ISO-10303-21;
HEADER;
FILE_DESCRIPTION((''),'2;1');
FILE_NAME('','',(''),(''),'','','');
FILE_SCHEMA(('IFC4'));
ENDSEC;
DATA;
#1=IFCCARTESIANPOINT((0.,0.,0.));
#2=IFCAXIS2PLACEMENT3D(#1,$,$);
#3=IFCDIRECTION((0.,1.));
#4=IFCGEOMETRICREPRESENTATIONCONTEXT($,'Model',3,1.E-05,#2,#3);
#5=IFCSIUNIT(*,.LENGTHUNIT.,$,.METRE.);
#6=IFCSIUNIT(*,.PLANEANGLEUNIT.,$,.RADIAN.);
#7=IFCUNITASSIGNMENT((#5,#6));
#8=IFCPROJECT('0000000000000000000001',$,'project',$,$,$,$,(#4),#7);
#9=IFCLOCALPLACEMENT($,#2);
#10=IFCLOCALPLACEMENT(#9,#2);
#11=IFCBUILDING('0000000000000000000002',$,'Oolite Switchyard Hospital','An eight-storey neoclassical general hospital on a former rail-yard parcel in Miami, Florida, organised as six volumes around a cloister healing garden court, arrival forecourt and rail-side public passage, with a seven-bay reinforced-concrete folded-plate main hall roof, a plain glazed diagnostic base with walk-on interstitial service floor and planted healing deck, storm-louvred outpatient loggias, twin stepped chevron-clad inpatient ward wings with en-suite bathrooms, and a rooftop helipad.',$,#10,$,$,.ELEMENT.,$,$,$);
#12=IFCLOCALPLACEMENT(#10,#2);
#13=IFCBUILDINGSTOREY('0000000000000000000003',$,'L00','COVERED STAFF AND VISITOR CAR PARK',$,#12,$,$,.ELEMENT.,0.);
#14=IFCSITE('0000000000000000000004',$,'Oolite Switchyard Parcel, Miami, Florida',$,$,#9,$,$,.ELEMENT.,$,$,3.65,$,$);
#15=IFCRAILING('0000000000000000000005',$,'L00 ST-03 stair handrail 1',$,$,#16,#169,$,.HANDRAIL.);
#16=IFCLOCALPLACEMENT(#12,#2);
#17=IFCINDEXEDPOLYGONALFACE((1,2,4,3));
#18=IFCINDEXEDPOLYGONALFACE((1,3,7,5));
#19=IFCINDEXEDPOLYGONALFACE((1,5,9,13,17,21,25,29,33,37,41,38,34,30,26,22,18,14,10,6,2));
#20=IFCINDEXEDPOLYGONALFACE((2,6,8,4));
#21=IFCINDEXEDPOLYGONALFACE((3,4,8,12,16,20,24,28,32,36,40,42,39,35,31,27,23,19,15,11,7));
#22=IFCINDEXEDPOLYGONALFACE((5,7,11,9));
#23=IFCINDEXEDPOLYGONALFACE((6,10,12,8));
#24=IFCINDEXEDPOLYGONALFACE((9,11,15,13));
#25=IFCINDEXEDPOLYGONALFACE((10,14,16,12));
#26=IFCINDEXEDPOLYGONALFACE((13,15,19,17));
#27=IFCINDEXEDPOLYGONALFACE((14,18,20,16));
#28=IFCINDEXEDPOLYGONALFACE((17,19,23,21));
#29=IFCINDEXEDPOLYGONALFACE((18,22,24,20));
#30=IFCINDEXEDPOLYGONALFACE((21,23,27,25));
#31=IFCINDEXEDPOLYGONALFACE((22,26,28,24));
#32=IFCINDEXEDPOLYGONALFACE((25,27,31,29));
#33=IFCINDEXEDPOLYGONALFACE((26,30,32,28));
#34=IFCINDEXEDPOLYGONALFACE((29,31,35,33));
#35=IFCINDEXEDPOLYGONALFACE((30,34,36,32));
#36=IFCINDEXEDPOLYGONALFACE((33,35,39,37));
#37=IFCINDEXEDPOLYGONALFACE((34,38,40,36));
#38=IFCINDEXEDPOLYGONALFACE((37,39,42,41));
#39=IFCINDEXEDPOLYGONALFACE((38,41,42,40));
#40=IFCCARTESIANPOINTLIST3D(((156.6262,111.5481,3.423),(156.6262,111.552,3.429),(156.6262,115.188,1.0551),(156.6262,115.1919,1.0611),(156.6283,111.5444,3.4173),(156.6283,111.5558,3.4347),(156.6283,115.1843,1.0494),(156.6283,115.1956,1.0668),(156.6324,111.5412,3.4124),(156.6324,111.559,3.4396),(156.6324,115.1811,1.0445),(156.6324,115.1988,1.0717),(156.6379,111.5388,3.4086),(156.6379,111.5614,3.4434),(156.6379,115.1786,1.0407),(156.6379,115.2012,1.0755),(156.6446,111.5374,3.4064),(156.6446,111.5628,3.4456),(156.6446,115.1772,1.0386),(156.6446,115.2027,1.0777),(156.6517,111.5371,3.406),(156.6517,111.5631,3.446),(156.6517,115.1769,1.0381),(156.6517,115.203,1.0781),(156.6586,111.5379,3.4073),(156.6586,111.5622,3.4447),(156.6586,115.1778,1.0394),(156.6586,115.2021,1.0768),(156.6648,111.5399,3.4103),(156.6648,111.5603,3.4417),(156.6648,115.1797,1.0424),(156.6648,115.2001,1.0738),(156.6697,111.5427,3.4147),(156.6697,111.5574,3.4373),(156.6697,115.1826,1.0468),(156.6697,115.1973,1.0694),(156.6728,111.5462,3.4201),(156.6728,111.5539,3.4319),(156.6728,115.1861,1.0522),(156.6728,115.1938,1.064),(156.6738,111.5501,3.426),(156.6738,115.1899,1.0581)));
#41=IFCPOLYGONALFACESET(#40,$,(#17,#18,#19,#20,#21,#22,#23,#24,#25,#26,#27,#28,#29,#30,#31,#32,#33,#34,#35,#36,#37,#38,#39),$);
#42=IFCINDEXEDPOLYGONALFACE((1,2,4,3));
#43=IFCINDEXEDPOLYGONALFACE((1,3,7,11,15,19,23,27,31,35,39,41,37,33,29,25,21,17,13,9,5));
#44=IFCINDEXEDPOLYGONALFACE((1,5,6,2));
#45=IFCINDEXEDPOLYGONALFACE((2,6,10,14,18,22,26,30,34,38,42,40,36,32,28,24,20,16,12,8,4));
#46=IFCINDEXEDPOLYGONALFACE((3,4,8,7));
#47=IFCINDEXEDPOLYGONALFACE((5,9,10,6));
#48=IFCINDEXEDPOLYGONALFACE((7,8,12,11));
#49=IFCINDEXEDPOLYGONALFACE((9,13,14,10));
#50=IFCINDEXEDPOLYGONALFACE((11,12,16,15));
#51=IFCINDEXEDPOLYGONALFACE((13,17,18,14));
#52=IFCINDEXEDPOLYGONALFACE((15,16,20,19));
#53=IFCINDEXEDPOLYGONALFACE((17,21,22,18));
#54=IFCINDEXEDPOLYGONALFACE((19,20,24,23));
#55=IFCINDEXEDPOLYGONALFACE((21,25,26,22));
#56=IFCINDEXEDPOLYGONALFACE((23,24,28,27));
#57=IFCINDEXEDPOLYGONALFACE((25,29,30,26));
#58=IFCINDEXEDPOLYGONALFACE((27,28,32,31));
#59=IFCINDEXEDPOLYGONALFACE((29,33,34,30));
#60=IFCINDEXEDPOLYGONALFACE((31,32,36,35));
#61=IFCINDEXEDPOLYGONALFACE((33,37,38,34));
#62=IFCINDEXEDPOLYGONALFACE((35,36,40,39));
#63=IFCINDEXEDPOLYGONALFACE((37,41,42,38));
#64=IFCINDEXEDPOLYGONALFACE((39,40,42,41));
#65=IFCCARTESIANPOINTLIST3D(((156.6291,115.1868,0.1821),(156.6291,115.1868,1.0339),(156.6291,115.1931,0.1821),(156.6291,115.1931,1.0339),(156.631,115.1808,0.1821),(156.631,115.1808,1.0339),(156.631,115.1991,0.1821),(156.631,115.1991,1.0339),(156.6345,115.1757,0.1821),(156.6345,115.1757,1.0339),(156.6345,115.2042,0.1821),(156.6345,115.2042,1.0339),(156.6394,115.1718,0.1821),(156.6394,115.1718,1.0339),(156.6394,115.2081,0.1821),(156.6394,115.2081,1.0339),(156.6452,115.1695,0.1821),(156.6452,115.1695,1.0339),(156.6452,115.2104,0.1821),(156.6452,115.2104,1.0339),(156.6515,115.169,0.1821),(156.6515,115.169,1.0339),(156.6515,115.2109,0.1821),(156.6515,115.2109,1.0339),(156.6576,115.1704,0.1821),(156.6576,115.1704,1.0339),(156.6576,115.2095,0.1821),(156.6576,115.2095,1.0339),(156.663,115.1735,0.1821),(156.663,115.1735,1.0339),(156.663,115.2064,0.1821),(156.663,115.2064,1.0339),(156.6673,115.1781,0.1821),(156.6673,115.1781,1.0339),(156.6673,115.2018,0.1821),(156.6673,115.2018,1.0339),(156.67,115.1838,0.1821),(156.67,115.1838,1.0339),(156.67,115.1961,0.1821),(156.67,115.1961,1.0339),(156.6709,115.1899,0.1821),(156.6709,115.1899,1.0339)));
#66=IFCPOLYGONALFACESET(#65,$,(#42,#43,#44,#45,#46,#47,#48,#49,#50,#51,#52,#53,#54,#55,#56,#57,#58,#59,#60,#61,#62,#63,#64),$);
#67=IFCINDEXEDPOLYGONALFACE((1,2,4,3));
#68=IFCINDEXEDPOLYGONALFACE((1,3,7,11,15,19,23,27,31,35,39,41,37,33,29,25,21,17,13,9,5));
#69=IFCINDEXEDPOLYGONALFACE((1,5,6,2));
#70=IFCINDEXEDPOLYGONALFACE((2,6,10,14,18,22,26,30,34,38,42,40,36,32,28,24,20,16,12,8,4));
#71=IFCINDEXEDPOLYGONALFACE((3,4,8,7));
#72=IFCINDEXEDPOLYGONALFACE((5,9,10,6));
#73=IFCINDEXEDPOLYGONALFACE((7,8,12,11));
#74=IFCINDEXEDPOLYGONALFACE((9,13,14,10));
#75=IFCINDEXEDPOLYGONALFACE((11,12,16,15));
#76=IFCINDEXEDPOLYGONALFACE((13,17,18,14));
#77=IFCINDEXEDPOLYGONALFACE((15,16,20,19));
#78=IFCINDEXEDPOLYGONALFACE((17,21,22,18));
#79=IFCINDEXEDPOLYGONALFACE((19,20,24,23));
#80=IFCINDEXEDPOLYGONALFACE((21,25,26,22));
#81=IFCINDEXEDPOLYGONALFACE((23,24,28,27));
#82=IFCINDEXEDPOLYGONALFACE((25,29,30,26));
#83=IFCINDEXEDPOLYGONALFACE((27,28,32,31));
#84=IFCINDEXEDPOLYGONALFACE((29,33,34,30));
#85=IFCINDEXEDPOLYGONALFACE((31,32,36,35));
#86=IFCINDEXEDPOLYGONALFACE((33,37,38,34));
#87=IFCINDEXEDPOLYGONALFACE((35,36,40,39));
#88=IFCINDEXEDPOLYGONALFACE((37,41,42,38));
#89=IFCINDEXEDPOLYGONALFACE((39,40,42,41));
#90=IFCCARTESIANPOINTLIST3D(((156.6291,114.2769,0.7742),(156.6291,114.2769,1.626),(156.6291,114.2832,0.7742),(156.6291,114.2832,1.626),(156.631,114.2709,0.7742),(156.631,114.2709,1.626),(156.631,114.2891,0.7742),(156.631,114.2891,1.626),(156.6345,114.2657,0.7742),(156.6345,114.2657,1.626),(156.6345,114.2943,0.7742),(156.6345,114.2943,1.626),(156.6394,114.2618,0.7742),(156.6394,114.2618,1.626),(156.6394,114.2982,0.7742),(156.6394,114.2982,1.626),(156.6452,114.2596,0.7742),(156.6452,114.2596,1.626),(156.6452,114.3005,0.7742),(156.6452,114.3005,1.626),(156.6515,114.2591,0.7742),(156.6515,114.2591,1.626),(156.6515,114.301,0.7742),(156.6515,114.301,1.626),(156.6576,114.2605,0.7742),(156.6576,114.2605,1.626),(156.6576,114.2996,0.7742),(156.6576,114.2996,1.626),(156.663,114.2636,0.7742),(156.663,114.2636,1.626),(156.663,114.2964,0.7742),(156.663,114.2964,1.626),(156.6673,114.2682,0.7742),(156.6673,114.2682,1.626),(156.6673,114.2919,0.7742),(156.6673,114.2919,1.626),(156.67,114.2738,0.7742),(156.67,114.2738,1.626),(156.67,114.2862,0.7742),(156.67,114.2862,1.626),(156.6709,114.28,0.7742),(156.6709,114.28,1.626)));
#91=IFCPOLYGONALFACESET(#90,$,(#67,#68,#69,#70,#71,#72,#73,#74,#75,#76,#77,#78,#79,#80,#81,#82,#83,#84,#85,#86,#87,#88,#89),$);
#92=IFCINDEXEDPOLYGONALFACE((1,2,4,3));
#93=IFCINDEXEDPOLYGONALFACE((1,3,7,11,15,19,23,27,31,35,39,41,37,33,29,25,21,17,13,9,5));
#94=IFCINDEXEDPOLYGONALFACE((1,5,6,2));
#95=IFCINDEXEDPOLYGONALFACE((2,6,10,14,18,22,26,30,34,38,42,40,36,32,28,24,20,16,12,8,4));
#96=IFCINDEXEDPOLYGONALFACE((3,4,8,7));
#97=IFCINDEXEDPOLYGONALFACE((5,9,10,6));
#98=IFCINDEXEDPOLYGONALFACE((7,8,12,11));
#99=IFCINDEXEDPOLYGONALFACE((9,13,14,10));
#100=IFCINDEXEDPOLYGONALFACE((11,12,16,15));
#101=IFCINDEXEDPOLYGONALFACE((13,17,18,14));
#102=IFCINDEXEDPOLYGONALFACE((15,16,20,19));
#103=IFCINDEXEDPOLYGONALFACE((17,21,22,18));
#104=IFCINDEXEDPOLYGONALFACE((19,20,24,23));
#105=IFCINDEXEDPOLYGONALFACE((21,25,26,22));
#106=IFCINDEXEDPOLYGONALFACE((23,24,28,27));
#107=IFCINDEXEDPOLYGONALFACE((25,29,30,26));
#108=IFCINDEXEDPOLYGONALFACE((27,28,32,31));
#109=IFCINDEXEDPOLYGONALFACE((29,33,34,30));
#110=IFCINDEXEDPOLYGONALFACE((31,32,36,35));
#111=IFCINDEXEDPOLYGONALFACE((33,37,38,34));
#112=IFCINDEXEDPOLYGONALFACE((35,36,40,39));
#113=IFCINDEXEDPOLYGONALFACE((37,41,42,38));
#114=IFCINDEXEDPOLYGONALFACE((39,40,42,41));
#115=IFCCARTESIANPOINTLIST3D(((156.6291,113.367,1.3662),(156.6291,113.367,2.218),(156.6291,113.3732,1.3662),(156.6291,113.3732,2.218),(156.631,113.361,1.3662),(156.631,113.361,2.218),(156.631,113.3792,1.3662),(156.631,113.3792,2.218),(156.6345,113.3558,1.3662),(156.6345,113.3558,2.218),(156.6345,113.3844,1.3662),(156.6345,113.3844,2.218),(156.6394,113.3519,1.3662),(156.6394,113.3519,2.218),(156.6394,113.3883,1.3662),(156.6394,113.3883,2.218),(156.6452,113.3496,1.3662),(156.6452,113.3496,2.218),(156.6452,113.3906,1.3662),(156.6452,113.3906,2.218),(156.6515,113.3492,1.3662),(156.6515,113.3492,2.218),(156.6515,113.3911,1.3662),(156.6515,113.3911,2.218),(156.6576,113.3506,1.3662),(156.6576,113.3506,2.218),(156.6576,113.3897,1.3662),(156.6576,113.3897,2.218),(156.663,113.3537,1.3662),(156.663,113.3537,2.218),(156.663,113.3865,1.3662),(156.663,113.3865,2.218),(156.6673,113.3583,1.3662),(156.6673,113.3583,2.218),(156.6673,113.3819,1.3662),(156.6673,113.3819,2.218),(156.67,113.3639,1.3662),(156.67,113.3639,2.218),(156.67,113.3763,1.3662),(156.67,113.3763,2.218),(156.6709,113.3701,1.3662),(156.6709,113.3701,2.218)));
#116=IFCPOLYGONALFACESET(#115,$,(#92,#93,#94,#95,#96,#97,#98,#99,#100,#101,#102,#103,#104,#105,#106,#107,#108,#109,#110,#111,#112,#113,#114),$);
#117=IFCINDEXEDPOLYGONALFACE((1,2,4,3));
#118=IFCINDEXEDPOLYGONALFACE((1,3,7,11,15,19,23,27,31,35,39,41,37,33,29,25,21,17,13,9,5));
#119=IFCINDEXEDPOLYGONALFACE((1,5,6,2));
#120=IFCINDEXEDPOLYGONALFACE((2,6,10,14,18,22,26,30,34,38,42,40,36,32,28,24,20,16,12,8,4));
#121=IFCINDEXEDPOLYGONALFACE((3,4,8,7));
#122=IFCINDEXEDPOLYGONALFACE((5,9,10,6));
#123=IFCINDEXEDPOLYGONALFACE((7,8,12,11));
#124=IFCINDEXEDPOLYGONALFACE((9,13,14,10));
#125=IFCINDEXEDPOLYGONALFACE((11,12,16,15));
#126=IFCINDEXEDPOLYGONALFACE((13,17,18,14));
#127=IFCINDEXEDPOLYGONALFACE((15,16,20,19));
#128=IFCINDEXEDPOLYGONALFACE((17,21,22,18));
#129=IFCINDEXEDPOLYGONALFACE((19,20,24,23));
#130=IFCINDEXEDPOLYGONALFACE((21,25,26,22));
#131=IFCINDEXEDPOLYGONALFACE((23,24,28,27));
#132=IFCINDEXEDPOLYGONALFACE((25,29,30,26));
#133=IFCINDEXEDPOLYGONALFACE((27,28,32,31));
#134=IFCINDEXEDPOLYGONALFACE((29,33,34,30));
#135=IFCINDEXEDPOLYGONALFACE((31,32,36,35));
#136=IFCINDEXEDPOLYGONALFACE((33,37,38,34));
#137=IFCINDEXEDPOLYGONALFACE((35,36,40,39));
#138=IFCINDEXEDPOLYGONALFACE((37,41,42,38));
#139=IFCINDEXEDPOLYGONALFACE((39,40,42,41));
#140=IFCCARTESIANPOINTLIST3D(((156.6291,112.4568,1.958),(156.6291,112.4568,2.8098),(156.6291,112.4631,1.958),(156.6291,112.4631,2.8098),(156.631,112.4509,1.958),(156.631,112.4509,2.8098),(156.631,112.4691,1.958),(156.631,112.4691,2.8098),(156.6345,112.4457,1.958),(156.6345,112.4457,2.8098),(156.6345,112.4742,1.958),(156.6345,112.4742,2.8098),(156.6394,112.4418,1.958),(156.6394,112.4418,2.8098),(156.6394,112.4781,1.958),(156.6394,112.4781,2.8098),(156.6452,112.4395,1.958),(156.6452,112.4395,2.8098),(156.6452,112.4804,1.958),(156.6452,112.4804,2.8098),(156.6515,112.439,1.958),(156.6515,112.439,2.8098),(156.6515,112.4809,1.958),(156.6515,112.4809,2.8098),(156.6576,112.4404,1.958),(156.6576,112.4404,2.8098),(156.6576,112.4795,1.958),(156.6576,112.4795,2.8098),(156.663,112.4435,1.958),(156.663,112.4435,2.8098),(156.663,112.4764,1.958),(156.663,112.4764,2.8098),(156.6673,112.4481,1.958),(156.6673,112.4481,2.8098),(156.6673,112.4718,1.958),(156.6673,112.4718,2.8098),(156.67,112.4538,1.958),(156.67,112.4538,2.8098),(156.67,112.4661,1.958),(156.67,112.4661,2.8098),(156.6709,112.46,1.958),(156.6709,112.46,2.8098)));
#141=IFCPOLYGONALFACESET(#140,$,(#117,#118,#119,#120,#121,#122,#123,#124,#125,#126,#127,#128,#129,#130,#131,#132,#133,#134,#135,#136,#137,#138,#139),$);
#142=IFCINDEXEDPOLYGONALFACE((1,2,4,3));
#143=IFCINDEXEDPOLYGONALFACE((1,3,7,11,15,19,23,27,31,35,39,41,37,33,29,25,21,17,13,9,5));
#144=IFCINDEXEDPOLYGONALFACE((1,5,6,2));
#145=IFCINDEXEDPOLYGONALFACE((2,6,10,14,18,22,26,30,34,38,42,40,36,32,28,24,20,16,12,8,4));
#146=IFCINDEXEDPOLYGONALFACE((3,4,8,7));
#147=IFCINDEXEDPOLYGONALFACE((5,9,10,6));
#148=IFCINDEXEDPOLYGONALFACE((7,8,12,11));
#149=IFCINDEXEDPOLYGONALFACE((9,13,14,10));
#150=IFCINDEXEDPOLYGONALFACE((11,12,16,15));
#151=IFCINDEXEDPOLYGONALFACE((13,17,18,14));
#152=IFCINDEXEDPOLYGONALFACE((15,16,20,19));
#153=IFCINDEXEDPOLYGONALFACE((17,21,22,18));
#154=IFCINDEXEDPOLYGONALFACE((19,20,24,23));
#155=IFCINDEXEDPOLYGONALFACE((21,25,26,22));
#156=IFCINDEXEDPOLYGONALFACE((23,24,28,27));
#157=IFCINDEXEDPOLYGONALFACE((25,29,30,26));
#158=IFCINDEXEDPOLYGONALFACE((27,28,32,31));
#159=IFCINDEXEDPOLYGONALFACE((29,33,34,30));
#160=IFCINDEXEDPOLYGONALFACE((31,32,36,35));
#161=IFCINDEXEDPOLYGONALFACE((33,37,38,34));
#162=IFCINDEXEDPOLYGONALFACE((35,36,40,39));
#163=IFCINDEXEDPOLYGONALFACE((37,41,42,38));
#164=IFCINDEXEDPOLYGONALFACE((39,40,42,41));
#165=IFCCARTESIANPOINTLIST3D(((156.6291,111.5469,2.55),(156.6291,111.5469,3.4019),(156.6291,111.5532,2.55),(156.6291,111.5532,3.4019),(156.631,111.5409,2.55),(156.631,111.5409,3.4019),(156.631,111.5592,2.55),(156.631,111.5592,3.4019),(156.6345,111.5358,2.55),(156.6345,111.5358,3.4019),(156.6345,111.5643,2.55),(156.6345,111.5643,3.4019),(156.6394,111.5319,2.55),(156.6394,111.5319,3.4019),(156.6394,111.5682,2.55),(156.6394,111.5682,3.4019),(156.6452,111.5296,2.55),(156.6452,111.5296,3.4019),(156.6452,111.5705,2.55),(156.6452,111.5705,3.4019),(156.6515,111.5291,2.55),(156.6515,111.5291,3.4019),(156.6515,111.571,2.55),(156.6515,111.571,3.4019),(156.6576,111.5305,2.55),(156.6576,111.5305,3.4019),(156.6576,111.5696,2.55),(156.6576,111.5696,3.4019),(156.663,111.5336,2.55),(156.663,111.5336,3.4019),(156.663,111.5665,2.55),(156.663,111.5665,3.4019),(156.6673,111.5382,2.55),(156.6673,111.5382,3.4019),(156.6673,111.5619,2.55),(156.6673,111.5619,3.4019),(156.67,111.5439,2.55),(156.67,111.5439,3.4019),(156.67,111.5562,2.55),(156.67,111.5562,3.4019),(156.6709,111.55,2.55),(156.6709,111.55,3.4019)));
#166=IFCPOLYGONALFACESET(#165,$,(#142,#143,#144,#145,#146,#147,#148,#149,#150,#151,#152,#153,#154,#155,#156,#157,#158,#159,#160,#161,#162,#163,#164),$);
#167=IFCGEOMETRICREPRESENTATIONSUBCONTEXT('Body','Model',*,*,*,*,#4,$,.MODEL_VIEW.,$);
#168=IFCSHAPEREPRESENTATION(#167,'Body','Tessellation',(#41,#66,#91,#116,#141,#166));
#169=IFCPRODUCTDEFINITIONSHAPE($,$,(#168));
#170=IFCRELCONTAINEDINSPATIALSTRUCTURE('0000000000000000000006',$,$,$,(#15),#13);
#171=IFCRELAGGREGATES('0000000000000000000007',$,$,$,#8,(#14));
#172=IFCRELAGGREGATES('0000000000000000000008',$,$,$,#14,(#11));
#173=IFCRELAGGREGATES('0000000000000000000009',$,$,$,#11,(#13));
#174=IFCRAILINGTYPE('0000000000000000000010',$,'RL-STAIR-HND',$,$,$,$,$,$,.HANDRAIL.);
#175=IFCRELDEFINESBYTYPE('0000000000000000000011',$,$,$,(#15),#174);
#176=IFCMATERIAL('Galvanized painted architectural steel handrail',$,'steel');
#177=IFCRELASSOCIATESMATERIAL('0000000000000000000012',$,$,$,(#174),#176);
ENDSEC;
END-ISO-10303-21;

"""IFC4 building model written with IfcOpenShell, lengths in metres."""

from ifc_helpers import new_model, si_unit, direction, frame, origin, origin_2d, place, context, subcontext, project, spatial, circle, extrude, material, type_object, element, save


model = new_model("IFC4")

# Units and contexts
model_context = context("Model", 3, precision=1e-05, world=origin(), true_north=direction((0.0, 1.0)))
body_context = subcontext(model_context, "Body", "Model", "MODEL_VIEW")
ifc_project = project(units=[si_unit("LENGTHUNIT", "METRE"), si_unit("PLANEANGLEUNIT", "RADIAN")], contexts=[model_context])

# Site, building, storey
site_placement = place(None, origin())
site = spatial("IfcSite", under=ifc_project, at=site_placement, Name="Oolite Switchyard Parcel, Miami, Florida", CompositionType="ELEMENT", RefElevation=3.65)
building_placement = place(site_placement, origin())
building = spatial("IfcBuilding", under=site, at=building_placement, Name="Oolite Switchyard Hospital", Description="An eight-storey neoclassical general hospital on a former rail-yard parcel in Miami, Florida, organised as six volumes around a cloister healing garden court, arrival forecourt and rail-side public passage, with a seven-bay reinforced-concrete folded-plate main hall roof, a plain glazed diagnostic base with walk-on interstitial service floor and planted healing deck, storm-louvred outpatient loggias, twin stepped chevron-clad inpatient ward wings with en-suite bathrooms, and a rooftop helipad.", CompositionType="ELEMENT")
storey_placement = place(building_placement, origin())
storey = spatial("IfcBuildingStorey", under=building, at=storey_placement, Name="L00", Description="COVERED STAFF AND VISITOR CAR PARK", CompositionType="ELEMENT", Elevation=0.0)

# Railing
ifc_material_1 = material(Name="Galvanized painted architectural steel handrail", Category="steel")
railing_type_1 = type_object("IfcRailingType", Name="RL-STAIR-HND", PredefinedType="HANDRAIL", material=ifc_material_1)
railing_1_placement = place(storey_placement, frame((156.6499, 115.1899, 0.1821)))
element("IfcRailing", 1, at=railing_1_placement, inside=storey, type_object=railing_type_1, Name="L00 ST-03 stair handrail 1", PredefinedType="HANDRAIL", context=body_context, shape_type="SweptSolid", body=[
    extrude(circle(Radius=0.0239, at=origin_2d()), frame((0.0, 0.0, 0.876), z_axis=(0.0, -0.838234, 0.54531), x_axis=(1.0, 0.0, 0.0)), (0.0, 0.0, 1.0), 4.3423),
    extrude(circle(Radius=0.021, at=origin_2d()), origin(), (0.0, 0.0, 1.0), 0.8518),
    extrude(circle(Radius=0.021, at=origin_2d()), frame((0.0, -0.9099, 0.592)), (0.0, 0.0, 1.0), 0.8518),
    extrude(circle(Radius=0.021, at=origin_2d()), frame((0.0, -1.8198, 1.1841)), (0.0, 0.0, 1.0), 0.8518),
    extrude(circle(Radius=0.021, at=origin_2d()), frame((0.0, -2.73, 1.7759)), (0.0, 0.0, 1.0), 0.8518),
    extrude(circle(Radius=0.021, at=origin_2d()), frame((0.0, -3.6399, 2.3679)), (0.0, 0.0, 1.0), 0.8518),
])

save(model, "model.ifc")
